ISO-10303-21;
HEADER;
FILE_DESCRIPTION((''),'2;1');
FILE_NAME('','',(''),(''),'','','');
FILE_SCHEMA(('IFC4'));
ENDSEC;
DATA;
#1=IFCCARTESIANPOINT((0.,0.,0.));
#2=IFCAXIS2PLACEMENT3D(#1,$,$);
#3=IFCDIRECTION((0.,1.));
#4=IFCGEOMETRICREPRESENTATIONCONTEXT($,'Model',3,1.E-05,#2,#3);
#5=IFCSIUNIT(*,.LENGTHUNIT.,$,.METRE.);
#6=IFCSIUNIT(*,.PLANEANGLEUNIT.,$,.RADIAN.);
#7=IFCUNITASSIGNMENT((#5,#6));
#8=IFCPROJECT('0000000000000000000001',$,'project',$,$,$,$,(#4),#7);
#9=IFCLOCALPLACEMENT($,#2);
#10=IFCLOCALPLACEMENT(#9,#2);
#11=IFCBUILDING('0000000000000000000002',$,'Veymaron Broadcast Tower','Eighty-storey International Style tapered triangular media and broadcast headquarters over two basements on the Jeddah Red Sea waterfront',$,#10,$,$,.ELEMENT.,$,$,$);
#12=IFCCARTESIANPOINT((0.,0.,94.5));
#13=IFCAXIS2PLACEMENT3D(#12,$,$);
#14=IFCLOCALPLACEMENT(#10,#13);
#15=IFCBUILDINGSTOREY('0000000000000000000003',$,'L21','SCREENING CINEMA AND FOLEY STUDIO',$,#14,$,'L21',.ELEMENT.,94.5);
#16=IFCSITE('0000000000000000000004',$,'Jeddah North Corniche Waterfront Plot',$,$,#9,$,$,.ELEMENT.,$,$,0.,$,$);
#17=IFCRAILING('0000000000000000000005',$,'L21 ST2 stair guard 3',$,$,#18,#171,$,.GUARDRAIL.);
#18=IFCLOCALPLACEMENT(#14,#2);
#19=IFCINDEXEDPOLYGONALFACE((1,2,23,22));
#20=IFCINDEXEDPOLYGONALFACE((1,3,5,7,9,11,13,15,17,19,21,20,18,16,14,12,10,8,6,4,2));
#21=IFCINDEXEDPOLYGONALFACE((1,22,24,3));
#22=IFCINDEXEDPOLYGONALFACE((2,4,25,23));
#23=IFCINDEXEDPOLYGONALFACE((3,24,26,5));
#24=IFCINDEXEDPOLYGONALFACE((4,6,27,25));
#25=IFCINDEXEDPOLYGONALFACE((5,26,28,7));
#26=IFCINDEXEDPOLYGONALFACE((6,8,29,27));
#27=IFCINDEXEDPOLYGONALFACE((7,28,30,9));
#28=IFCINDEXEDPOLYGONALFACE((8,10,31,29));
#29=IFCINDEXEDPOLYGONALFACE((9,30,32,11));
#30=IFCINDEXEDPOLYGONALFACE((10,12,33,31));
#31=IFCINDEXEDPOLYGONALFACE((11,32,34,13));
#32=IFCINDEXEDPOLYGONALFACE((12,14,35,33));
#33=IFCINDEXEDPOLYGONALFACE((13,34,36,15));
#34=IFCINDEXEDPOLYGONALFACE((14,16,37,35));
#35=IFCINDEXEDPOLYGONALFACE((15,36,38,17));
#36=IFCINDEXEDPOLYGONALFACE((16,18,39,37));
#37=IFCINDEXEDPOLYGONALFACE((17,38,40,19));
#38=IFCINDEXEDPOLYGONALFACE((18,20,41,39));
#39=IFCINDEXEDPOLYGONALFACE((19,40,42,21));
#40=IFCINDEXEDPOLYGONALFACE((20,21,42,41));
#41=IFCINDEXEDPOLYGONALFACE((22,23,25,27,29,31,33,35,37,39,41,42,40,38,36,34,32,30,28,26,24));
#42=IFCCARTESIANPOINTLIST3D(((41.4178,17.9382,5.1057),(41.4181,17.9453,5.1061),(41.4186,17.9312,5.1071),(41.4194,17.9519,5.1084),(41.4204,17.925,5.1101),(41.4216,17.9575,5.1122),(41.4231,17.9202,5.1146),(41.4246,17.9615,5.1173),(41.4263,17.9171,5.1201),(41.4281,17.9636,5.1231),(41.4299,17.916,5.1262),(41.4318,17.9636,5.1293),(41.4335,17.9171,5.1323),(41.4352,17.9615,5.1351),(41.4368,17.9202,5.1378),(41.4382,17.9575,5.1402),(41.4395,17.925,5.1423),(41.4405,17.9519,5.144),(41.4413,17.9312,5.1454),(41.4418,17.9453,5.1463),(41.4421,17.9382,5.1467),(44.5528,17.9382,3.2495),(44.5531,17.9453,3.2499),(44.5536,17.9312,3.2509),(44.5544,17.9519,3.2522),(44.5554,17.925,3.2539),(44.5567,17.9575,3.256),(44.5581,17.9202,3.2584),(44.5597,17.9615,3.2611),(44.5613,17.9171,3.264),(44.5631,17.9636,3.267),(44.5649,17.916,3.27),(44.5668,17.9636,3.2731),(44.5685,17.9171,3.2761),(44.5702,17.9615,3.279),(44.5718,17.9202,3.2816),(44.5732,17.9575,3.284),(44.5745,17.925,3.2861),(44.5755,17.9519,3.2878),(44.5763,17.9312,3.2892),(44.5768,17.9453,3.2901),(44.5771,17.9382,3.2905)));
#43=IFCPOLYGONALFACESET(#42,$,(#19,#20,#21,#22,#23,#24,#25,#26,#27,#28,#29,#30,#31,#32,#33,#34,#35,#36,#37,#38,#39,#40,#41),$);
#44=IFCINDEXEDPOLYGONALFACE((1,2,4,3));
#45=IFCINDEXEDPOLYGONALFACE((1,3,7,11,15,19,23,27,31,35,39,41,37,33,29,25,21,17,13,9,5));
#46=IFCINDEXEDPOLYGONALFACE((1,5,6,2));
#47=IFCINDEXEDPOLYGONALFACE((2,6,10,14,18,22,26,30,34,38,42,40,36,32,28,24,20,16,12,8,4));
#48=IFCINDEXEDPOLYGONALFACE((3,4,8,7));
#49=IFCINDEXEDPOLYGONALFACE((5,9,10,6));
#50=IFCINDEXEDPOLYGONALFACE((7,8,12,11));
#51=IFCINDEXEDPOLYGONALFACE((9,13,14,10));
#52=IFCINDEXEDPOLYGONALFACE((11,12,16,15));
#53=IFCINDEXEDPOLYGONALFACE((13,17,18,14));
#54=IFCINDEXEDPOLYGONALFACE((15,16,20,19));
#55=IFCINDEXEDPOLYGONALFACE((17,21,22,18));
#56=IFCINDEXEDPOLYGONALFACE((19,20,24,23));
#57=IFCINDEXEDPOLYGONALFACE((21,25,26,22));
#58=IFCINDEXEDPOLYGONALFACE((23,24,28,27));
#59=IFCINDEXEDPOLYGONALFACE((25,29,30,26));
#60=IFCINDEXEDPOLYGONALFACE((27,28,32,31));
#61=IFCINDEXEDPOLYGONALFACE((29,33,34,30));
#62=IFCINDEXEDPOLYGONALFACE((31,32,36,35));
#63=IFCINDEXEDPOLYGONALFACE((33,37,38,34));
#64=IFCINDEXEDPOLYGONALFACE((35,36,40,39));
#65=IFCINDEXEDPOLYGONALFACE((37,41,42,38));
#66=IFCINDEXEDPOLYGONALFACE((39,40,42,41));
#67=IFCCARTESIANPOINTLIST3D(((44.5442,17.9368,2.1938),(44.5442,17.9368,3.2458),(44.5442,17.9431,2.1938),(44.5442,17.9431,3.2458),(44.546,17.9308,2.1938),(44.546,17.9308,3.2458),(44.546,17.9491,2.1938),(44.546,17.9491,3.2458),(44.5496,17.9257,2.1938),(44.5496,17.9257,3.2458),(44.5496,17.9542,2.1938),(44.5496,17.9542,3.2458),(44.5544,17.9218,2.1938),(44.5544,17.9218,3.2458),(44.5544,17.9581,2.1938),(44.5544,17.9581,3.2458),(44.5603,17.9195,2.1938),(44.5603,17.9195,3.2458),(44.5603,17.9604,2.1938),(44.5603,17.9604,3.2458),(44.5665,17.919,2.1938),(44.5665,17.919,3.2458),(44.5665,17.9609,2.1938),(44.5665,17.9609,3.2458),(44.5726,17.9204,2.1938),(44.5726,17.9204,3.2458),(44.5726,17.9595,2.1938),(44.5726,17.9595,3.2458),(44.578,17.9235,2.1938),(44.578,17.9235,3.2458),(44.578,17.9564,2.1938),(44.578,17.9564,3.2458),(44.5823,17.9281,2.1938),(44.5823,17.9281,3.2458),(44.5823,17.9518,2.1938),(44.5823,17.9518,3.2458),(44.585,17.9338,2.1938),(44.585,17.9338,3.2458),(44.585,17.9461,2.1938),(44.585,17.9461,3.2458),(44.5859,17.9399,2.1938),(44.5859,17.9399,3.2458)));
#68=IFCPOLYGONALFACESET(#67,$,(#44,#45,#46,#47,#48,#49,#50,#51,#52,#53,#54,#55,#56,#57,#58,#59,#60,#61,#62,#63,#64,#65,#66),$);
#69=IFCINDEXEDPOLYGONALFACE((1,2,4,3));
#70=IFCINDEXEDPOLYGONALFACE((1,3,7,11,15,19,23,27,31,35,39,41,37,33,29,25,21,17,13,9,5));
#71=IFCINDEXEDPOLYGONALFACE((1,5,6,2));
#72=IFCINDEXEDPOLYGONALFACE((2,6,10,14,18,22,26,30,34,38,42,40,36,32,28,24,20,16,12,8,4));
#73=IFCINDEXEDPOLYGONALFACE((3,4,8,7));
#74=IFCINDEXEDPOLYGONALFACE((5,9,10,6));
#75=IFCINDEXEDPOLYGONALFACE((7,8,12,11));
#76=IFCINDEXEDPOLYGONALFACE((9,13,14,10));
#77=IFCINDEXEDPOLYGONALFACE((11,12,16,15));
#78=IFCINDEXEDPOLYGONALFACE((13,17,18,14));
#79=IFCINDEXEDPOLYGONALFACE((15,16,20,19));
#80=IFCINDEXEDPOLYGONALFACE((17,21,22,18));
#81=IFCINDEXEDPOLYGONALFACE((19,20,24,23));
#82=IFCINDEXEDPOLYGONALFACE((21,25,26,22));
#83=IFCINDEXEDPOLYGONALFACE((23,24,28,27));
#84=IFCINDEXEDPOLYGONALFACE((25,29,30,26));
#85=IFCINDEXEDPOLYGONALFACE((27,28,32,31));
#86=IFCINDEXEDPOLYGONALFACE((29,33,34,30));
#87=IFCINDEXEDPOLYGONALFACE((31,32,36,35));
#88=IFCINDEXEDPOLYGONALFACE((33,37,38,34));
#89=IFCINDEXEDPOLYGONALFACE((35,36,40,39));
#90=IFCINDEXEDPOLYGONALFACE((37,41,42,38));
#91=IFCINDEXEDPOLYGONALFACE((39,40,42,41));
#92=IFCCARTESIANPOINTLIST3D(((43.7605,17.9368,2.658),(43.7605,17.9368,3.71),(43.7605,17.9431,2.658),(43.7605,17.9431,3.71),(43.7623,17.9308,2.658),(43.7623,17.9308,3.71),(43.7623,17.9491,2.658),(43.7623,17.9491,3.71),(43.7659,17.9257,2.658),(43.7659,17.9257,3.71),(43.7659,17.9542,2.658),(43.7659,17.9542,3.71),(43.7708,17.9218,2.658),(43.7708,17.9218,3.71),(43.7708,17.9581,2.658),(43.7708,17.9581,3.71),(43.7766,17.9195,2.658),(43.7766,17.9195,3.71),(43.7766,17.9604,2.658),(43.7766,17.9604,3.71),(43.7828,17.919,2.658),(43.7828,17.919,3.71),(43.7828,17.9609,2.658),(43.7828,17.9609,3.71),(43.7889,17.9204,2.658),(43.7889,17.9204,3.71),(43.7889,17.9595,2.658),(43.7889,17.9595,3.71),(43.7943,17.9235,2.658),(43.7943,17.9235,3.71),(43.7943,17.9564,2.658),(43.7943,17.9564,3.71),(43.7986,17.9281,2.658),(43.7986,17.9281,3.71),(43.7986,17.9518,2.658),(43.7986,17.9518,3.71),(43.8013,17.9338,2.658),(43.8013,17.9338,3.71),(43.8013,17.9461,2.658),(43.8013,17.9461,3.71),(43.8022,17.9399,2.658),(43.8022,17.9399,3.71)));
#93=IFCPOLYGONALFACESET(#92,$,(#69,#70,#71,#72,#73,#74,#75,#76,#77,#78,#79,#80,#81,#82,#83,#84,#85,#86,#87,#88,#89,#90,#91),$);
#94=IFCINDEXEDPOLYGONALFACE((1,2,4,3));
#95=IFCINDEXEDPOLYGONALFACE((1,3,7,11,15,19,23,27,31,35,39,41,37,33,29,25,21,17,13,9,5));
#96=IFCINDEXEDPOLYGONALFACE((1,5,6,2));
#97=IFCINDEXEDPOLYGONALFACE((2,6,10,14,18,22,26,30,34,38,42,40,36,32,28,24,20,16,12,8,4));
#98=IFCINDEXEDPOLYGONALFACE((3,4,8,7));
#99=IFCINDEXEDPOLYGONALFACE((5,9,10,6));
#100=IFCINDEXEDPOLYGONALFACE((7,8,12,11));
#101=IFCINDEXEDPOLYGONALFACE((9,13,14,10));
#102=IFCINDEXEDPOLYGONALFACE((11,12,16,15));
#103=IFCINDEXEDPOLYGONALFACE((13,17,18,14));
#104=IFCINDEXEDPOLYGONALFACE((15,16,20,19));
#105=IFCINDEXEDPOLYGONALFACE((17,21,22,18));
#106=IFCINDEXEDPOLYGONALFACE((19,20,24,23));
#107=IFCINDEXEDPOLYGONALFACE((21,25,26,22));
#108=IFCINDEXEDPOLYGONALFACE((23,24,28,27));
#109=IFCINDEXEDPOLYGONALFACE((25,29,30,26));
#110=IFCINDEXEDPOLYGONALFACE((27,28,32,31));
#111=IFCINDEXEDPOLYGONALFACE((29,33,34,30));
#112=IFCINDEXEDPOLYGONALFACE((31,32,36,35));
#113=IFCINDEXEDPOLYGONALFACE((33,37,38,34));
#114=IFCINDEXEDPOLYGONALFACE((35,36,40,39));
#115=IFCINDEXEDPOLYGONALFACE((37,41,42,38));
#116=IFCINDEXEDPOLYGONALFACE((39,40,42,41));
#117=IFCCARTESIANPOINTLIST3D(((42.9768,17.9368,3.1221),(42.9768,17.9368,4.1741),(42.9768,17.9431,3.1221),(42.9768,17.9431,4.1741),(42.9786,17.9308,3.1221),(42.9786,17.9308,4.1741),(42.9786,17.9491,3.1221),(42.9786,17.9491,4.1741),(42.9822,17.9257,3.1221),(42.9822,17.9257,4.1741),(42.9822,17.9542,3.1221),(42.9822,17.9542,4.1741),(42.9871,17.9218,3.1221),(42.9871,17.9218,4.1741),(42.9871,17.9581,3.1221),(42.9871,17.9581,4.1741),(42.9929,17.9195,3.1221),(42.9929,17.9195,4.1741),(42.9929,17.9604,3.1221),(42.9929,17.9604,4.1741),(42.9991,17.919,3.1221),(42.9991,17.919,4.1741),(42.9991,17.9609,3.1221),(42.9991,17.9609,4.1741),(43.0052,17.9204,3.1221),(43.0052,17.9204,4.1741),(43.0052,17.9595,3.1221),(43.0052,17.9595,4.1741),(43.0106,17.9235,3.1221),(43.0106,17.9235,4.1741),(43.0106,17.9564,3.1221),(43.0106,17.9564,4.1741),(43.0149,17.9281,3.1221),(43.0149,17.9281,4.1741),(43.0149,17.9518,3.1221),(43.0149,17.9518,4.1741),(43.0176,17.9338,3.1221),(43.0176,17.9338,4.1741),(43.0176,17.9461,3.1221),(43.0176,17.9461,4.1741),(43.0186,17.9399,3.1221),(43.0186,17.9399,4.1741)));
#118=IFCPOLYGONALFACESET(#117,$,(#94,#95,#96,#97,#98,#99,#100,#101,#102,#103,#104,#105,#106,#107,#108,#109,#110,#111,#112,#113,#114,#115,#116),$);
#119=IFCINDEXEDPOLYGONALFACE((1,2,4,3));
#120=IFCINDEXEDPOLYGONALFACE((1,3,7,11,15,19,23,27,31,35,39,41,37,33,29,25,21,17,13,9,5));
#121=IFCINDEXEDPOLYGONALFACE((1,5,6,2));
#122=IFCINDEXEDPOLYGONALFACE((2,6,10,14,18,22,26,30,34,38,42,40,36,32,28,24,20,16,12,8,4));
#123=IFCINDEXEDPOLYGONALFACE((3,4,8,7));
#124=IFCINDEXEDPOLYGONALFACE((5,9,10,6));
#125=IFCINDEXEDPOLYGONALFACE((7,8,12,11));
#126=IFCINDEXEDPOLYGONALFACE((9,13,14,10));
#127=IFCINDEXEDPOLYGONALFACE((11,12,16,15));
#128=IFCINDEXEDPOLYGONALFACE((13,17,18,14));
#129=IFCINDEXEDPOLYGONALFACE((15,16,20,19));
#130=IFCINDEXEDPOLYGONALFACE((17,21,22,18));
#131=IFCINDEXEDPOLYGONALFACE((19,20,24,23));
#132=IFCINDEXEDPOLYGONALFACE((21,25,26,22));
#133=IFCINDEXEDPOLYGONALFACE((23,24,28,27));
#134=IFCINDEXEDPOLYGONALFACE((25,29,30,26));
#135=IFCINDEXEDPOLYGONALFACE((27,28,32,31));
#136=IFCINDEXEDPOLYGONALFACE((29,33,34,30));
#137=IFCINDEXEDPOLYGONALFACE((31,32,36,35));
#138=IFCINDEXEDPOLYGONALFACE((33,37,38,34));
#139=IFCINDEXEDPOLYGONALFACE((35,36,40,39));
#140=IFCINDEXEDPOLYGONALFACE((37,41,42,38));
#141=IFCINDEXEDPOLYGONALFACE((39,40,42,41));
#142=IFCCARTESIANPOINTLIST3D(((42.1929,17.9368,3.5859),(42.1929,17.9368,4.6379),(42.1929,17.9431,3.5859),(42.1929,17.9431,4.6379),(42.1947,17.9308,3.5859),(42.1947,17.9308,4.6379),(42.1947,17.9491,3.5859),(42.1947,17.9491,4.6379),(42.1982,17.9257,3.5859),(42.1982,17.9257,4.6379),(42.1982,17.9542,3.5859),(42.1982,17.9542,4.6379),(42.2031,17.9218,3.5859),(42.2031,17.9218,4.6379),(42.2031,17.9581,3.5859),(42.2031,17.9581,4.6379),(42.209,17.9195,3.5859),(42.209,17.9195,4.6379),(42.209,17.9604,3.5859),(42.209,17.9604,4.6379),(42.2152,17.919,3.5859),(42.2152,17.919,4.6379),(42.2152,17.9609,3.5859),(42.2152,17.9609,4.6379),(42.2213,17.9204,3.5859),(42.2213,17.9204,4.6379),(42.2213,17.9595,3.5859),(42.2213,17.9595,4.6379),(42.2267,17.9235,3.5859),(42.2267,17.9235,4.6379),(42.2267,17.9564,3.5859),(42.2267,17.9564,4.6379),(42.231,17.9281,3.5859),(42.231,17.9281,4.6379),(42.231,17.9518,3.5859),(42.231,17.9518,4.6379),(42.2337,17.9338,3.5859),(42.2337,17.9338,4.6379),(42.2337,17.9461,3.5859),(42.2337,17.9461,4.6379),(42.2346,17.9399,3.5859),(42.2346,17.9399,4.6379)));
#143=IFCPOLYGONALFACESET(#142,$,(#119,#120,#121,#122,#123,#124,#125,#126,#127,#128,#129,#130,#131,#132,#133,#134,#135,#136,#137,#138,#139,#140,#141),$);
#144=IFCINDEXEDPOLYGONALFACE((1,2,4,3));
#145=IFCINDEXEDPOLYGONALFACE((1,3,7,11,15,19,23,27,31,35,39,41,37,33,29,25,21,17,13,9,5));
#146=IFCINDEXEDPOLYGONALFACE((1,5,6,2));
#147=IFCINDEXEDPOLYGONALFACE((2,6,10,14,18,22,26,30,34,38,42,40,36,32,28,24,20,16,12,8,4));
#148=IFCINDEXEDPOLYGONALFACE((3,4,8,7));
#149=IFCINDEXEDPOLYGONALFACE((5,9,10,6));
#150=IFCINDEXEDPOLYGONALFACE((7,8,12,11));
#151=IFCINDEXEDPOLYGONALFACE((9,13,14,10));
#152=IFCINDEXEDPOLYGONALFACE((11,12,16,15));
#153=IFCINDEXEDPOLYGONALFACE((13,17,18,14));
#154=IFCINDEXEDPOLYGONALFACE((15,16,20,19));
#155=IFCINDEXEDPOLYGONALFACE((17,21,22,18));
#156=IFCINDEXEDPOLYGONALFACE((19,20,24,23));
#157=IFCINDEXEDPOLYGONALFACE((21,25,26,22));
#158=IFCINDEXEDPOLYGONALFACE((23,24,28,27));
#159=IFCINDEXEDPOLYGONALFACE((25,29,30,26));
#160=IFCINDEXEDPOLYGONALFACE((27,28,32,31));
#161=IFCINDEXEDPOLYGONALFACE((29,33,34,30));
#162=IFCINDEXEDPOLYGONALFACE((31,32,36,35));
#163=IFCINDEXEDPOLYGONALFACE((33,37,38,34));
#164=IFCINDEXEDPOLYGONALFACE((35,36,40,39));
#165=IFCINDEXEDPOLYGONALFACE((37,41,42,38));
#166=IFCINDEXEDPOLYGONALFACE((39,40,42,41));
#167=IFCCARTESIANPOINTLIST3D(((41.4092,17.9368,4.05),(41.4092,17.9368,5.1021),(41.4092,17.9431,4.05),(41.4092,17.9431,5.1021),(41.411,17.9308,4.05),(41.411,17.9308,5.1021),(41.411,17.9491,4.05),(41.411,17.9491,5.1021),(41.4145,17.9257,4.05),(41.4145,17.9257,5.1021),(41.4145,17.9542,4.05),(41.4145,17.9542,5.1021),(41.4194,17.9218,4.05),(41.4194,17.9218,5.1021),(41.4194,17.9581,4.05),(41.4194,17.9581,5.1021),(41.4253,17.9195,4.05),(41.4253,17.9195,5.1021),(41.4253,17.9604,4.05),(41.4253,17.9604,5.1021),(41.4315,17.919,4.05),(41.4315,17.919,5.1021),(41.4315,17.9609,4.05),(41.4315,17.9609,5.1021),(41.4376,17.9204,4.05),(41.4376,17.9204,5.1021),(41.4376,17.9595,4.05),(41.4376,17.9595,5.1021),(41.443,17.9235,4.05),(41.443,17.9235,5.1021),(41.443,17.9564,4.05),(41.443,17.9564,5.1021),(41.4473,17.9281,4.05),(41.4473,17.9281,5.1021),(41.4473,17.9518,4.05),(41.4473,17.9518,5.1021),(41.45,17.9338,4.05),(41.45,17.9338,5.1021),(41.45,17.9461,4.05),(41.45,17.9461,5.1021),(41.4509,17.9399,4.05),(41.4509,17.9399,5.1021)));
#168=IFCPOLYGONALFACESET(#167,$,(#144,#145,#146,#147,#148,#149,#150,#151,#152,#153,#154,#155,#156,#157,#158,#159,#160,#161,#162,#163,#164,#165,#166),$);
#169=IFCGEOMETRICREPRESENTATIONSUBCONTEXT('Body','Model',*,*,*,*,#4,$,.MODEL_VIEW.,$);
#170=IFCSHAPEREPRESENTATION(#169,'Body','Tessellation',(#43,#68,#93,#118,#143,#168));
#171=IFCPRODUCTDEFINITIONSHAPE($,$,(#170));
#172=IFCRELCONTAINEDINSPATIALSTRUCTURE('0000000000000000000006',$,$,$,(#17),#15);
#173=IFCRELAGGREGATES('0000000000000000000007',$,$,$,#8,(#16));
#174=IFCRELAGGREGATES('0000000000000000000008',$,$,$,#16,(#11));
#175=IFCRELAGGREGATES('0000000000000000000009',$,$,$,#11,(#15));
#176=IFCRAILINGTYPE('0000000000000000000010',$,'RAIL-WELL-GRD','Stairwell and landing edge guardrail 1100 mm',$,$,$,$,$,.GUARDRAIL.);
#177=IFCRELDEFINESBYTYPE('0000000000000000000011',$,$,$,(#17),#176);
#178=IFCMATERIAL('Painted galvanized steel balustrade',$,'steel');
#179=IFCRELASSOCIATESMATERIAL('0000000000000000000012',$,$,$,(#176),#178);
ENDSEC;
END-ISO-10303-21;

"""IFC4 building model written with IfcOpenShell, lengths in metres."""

from ifc_helpers import new_model, si_unit, direction, frame, origin, origin_2d, place, context, subcontext, project, spatial, circle, extrude, material, type_object, element, save


model = new_model("IFC4")

# Units and contexts
model_context = context("Model", 3, precision=1e-05, world=origin(), true_north=direction((0.0, 1.0)))
body_context = subcontext(model_context, "Body", "Model", "MODEL_VIEW")
ifc_project = project(units=[si_unit("LENGTHUNIT", "METRE"), si_unit("PLANEANGLEUNIT", "RADIAN")], contexts=[model_context])

# Site, building, storey
site_placement = place(None, origin())
site = spatial("IfcSite", under=ifc_project, at=site_placement, Name="Jeddah North Corniche Waterfront Plot", CompositionType="ELEMENT", RefElevation=0.0)
building_placement = place(site_placement, origin())
building = spatial("IfcBuilding", under=site, at=building_placement, Name="Veymaron Broadcast Tower", Description="Eighty-storey International Style tapered triangular media and broadcast headquarters over two basements on the Jeddah Red Sea waterfront", CompositionType="ELEMENT")
storey_placement = place(building_placement, frame((0.0, 0.0, 94.5)))
storey = spatial("IfcBuildingStorey", under=building, at=storey_placement, Name="L21", Description="SCREENING CINEMA AND FOLEY STUDIO", LongName="L21", CompositionType="ELEMENT", Elevation=94.5)

# Railing
ifc_material_1 = material(Name="Painted galvanized steel balustrade", Category="steel")
railing_type_1 = type_object("IfcRailingType", Name="RAIL-WELL-GRD", Description="Stairwell and landing edge guardrail 1100 mm", PredefinedType="GUARDRAIL", material=ifc_material_1)
railing_1_placement = place(storey_placement, frame((44.5649, 17.9399, 2.1938)))
element("IfcRailing", 1, at=railing_1_placement, inside=storey, type_object=railing_type_1, Name="L21 ST2 stair guard 3", PredefinedType="GUARDRAIL", context=body_context, shape_type="SweptSolid", body=[
    extrude(circle(Radius=0.0239, at=origin_2d()), frame((0.0, 0.0, 1.0762), z_axis=(-0.860482, 0.0, 0.509481), x_axis=(0.0, -1.0, 0.0)), (0.0, 0.0, 1.0), 3.6433),
    extrude(circle(Radius=0.021, at=origin_2d()), origin(), (0.0, 0.0, 1.0), 1.052),
    extrude(circle(Radius=0.021, at=origin_2d()), frame((-0.7837, 0.0, 0.4641)), (0.0, 0.0, 1.0), 1.052),
    extrude(circle(Radius=0.021, at=origin_2d()), frame((-1.5674, 0.0, 0.9282)), (0.0, 0.0, 1.0), 1.052),
    extrude(circle(Radius=0.021, at=origin_2d()), frame((-2.3513, 0.0, 1.3921)), (0.0, 0.0, 1.0), 1.052),
    extrude(circle(Radius=0.021, at=origin_2d()), frame((-3.135, 0.0, 1.8562)), (0.0, 0.0, 1.0), 1.052),
])

save(model, "model.ifc")
